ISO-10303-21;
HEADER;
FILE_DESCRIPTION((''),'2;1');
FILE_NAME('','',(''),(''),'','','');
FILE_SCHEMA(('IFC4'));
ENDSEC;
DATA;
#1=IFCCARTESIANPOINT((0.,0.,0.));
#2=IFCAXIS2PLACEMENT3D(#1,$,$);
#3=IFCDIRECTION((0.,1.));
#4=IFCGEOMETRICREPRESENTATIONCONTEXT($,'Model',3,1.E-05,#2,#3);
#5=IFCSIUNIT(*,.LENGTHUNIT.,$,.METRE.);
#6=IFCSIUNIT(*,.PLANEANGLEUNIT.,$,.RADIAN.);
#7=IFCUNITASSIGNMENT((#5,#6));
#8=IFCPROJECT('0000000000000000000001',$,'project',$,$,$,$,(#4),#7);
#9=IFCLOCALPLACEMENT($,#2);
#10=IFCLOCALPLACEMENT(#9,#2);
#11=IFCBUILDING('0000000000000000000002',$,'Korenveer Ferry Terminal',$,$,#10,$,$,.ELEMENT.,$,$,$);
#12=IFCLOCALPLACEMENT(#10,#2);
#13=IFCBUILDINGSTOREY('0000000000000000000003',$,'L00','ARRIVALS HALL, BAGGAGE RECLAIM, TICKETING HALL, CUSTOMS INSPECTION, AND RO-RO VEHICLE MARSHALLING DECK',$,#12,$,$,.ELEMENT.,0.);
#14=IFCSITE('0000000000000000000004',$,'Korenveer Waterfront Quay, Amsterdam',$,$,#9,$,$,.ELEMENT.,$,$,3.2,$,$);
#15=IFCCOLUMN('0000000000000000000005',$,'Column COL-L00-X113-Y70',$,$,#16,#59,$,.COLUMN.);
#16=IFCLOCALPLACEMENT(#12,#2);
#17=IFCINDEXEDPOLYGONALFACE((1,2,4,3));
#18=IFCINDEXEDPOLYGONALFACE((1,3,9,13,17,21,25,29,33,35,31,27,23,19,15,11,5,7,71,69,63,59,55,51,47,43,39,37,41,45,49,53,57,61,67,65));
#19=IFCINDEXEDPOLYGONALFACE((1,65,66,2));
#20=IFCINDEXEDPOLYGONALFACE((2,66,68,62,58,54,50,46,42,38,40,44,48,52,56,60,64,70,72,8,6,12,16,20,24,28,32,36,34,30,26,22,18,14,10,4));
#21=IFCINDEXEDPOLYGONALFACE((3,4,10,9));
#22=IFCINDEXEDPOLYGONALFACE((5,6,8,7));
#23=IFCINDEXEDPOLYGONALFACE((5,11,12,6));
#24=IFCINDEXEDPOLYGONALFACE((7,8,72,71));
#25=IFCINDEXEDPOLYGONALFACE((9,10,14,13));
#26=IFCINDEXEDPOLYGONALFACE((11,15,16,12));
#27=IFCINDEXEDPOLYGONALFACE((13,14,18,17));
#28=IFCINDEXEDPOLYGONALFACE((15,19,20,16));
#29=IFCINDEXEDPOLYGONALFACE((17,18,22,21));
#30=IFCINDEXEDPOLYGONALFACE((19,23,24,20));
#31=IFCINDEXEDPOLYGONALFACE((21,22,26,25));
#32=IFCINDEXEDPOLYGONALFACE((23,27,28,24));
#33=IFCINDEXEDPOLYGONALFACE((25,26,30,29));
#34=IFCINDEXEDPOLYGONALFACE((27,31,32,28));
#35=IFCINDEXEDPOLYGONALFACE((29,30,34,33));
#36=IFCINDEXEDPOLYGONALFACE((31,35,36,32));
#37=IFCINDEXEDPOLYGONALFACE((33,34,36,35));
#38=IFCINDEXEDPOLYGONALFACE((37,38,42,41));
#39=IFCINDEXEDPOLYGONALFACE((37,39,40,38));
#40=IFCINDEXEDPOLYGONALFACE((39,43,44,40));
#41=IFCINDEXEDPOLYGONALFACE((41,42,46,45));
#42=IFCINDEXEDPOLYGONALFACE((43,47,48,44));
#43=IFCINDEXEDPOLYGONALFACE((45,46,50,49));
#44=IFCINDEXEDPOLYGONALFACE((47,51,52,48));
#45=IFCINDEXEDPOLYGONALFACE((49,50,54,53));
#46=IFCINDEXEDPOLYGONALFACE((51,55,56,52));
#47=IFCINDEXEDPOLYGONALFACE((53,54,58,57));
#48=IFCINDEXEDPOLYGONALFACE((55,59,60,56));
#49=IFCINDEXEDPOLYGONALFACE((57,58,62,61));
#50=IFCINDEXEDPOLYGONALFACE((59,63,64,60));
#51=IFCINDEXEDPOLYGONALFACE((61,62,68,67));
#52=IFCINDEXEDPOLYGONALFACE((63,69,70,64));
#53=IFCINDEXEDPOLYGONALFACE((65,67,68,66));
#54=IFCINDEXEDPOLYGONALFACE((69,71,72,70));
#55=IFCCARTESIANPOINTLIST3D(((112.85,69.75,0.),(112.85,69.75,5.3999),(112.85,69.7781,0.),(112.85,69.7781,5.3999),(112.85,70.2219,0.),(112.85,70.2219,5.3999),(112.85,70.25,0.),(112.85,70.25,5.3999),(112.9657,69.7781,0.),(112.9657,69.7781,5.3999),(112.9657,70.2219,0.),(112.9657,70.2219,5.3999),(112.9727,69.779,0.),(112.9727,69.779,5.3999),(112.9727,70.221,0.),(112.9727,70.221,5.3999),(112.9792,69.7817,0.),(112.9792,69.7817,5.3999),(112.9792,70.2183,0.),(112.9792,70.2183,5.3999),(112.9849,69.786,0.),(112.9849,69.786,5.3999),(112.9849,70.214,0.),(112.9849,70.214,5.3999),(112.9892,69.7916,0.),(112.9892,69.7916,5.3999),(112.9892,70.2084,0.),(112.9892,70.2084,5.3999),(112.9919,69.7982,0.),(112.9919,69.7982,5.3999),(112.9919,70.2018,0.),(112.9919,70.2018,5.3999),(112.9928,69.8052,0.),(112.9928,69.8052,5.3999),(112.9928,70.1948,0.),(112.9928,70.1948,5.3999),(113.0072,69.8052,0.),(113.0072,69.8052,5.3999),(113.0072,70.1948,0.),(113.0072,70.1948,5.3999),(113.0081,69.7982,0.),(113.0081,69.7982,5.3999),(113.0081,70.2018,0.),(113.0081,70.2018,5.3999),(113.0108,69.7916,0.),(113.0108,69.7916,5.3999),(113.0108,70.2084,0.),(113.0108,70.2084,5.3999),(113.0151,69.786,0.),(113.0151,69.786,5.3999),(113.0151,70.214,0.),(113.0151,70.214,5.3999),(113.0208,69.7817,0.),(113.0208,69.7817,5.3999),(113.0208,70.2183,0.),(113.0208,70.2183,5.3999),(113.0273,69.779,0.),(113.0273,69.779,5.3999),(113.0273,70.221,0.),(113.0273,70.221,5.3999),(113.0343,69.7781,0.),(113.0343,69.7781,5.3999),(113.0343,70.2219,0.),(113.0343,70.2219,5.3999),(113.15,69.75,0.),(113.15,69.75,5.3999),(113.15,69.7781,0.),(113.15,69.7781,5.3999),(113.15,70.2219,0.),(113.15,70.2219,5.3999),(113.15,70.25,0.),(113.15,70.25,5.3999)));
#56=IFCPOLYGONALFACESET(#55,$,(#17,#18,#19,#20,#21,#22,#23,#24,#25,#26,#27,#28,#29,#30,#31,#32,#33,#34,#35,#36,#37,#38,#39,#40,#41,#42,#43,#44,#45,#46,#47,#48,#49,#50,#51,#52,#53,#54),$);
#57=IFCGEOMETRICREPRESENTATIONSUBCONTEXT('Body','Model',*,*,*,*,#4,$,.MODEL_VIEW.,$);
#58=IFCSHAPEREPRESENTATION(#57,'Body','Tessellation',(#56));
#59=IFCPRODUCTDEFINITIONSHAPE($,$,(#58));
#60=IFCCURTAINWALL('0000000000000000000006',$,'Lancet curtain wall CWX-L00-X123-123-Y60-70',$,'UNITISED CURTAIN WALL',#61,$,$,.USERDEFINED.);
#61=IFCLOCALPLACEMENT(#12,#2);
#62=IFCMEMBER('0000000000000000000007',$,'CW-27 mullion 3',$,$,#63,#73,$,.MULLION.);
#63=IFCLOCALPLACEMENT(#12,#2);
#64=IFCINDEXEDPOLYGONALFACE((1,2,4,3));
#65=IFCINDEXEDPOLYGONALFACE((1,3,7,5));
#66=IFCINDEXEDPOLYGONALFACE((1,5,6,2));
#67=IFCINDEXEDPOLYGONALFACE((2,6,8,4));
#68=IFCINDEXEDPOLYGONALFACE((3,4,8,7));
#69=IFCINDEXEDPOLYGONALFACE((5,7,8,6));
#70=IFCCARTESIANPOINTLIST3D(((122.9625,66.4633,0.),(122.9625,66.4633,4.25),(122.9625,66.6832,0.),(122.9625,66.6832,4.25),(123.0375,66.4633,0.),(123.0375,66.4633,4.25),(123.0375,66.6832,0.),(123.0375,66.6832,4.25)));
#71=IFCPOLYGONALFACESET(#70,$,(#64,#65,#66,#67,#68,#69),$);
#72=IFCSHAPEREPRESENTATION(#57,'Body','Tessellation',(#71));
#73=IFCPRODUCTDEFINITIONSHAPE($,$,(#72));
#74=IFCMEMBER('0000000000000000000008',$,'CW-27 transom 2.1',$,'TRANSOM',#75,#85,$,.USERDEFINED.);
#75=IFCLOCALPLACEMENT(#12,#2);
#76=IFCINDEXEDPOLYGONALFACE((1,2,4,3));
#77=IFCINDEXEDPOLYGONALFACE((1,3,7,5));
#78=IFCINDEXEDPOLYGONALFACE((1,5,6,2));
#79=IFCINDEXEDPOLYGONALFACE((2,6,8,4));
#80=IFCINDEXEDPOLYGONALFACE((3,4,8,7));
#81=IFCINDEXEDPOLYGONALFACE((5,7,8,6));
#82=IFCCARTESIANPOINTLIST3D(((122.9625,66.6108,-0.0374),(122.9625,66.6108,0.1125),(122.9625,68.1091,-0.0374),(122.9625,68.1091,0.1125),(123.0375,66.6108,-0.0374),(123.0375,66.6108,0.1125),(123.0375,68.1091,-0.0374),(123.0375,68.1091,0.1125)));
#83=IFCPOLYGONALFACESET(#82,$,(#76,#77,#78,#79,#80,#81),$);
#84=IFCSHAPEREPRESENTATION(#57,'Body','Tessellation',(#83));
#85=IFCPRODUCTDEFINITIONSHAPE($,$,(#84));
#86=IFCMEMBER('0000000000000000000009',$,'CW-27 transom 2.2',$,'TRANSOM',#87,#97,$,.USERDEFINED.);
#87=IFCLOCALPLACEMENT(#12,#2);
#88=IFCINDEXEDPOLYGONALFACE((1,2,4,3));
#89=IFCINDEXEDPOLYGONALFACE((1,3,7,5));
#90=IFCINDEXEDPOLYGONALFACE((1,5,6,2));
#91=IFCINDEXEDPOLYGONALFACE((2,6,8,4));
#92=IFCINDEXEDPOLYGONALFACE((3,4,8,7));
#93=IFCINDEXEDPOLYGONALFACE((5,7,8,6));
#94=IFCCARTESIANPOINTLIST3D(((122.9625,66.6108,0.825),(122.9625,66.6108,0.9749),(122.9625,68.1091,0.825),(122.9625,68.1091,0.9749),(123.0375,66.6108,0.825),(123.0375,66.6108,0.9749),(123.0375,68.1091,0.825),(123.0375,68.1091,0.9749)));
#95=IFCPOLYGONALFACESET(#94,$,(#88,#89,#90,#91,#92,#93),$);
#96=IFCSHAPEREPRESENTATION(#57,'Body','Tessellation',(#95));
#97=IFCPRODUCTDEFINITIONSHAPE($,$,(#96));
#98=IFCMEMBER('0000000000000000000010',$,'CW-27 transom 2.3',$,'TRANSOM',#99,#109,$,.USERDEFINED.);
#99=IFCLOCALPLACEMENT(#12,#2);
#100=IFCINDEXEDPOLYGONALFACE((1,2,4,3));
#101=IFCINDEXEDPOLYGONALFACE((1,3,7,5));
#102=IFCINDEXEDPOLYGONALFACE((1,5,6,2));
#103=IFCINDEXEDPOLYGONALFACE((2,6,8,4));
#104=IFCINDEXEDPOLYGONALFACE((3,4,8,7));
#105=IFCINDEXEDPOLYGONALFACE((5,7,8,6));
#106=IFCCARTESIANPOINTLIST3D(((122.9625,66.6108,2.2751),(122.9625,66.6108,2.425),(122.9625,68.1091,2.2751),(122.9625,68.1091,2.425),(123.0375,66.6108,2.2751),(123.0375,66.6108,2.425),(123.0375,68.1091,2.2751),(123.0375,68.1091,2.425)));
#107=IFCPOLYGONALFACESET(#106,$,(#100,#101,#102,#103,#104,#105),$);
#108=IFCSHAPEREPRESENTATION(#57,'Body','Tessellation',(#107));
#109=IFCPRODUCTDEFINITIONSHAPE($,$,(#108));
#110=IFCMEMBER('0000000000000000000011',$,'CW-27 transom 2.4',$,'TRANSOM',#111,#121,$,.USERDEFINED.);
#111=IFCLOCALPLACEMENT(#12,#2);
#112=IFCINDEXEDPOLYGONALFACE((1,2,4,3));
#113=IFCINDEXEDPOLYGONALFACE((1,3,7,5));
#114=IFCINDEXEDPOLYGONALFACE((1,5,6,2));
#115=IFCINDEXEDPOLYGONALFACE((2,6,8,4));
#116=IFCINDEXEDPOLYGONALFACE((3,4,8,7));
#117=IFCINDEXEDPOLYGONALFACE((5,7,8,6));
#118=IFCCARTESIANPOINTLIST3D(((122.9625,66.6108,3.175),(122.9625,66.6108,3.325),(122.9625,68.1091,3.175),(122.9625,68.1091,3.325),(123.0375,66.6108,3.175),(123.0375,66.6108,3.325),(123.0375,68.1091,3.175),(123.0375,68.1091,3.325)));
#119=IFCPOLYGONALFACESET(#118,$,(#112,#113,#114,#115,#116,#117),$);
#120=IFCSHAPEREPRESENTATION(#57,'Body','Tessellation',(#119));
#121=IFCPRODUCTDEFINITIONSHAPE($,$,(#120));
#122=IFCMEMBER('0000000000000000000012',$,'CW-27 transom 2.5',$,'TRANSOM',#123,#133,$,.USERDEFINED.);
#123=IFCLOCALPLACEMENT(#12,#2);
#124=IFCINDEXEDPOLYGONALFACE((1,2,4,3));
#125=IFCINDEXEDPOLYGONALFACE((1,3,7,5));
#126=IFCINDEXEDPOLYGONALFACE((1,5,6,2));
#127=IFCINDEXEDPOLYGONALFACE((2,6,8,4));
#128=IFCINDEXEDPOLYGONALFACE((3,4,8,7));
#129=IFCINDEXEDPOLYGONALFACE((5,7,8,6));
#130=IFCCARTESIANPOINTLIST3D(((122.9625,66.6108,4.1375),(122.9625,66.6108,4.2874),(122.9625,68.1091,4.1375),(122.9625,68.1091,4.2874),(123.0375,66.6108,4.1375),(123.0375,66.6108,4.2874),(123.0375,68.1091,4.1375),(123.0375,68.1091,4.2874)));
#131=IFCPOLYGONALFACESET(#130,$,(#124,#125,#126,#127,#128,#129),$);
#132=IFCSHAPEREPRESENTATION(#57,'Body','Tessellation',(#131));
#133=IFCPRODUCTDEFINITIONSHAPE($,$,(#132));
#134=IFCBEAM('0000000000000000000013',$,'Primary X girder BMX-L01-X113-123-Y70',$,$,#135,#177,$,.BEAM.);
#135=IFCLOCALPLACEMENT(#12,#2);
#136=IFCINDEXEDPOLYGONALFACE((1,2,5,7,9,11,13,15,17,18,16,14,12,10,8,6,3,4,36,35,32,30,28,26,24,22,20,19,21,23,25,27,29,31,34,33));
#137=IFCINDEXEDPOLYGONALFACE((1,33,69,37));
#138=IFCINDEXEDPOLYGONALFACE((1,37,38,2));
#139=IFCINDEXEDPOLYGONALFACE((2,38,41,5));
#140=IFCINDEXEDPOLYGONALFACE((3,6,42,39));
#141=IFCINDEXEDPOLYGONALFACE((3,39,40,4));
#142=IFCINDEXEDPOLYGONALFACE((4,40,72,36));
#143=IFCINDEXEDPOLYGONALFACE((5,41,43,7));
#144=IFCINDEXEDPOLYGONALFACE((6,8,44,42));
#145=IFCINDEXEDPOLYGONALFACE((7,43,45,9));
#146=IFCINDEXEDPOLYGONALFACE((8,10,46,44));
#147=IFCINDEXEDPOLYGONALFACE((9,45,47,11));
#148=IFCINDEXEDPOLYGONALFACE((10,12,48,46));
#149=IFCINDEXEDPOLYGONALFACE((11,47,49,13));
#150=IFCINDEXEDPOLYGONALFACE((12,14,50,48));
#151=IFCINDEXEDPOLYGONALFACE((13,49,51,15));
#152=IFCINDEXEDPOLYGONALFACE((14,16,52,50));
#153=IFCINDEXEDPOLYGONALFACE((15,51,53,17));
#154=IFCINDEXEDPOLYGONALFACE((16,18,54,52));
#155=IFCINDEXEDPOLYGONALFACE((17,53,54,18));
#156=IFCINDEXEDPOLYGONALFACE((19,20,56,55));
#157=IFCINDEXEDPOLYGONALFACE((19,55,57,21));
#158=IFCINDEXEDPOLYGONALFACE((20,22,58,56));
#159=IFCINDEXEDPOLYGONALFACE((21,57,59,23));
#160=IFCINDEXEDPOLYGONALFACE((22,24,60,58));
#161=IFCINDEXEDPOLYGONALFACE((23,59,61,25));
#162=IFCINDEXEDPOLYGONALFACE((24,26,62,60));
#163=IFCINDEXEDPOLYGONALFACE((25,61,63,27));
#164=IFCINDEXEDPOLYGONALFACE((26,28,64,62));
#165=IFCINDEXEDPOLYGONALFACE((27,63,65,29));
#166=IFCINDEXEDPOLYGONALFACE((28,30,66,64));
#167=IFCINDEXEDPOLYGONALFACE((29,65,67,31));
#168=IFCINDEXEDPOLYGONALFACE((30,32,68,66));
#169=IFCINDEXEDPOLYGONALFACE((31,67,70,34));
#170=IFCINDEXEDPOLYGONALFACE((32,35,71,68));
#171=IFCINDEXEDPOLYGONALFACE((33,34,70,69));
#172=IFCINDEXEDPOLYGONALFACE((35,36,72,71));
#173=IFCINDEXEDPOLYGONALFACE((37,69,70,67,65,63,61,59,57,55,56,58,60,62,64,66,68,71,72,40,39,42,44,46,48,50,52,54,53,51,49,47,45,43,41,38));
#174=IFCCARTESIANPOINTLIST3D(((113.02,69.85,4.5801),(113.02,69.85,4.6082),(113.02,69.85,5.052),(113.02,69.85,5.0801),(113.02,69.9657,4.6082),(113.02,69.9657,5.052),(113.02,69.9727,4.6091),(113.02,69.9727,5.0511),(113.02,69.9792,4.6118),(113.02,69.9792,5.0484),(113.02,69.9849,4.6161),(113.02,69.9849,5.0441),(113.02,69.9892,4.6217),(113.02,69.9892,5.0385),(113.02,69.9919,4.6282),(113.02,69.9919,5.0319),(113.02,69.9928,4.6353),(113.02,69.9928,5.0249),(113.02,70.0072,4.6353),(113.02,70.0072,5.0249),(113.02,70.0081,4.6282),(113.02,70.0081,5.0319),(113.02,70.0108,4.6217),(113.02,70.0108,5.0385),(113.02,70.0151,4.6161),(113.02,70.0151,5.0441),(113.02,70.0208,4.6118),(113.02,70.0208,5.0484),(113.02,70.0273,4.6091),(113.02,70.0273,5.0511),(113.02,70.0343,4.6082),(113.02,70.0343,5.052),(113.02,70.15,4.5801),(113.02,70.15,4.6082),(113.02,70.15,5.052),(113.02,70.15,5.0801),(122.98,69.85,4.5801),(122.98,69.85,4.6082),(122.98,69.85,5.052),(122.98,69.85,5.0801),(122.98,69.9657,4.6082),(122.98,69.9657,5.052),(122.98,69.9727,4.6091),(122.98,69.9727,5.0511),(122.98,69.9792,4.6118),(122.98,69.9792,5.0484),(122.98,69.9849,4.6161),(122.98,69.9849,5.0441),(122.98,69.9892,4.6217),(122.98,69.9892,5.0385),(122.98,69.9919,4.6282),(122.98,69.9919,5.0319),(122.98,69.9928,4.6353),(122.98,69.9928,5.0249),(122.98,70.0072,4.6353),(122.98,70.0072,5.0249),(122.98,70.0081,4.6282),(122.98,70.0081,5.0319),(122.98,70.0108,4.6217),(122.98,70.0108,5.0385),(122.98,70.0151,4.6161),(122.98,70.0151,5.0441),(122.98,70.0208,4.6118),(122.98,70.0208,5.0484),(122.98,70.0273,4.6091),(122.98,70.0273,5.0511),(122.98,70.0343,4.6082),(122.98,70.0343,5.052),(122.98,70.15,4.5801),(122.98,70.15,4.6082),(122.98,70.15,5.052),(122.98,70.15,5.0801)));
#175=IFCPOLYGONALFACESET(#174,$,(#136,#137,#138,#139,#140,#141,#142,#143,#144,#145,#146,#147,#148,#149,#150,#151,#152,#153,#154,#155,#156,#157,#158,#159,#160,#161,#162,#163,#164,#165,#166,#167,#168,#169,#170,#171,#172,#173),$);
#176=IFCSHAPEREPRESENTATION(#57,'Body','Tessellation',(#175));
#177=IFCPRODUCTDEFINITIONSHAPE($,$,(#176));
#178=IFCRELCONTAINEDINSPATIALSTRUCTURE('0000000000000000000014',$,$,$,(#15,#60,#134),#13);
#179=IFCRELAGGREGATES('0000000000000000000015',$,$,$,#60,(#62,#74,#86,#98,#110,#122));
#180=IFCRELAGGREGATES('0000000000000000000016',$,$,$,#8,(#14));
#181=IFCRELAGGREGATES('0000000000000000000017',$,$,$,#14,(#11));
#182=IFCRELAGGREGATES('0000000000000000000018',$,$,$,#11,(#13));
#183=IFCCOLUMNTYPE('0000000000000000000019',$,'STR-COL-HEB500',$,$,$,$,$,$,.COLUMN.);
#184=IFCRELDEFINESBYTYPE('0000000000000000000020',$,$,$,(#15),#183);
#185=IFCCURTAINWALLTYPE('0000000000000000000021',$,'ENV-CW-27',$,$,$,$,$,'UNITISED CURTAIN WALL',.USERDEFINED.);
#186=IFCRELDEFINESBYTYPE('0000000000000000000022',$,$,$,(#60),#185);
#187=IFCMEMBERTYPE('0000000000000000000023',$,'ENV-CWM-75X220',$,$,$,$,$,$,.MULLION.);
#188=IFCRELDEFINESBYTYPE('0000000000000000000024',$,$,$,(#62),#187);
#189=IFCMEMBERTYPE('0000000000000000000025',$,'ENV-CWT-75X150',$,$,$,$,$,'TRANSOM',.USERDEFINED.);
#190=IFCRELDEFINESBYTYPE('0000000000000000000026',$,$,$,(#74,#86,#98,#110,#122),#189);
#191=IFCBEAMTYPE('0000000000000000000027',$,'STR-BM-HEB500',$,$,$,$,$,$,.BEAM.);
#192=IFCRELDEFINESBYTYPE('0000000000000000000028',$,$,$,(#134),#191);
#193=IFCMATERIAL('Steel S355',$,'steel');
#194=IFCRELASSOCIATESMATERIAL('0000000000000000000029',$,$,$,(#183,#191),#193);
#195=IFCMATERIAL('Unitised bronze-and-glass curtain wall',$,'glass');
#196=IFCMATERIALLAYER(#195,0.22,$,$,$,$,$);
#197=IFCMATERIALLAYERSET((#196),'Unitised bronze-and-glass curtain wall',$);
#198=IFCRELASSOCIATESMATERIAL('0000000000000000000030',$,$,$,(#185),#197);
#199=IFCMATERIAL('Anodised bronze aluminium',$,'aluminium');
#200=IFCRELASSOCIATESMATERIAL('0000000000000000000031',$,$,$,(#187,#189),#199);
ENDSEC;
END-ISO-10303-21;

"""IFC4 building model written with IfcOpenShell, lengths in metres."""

from ifc_helpers import new_model, si_unit, direction, frame, origin, origin_2d, place, context, subcontext, project, spatial, rectangle, i_section, extrude, material, layer, layer_set, material_profile, profile_set, type_object, element, aggregate, save


model = new_model("IFC4")

# Units and contexts
model_context = context("Model", 3, precision=1e-05, world=origin(), true_north=direction((0.0, 1.0)))
body_context = subcontext(model_context, "Body", "Model", "MODEL_VIEW")
ifc_project = project(units=[si_unit("LENGTHUNIT", "METRE"), si_unit("PLANEANGLEUNIT", "RADIAN")], contexts=[model_context])

# Site, building, storey
site_placement = place(None, origin())
site = spatial("IfcSite", under=ifc_project, at=site_placement, Name="Korenveer Waterfront Quay, Amsterdam", CompositionType="ELEMENT", RefElevation=3.2)
building_placement = place(site_placement, origin())
building = spatial("IfcBuilding", under=site, at=building_placement, Name="Korenveer Ferry Terminal", CompositionType="ELEMENT")
storey_placement = place(building_placement, origin())
storey = spatial("IfcBuildingStorey", under=building, at=storey_placement, Name="L00", Description="ARRIVALS HALL, BAGGAGE RECLAIM, TICKETING HALL, CUSTOMS INSPECTION, AND RO-RO VEHICLE MARSHALLING DECK", CompositionType="ELEMENT", Elevation=0.0)

# Column
ifc_material_1 = material(Name="Steel S355", Category="steel")
ifc_material_profile_1 = material_profile(ifc_material_1, i_section(OverallWidth=0.3, OverallDepth=0.5, WebThickness=0.0144, FlangeThickness=0.0281, FilletRadius=0.0271, at=origin_2d()), Name="HEB 500")
ifc_profile_set_1 = profile_set([ifc_material_profile_1], Name="Steel S355")
column_type = type_object("IfcColumnType", Name="STR-COL-HEB500", PredefinedType="COLUMN", material=ifc_profile_set_1)
column_placement = place(storey_placement, frame((113.0, 70.0, 0.0), z_axis=(0.0, 0.0, 1.0), x_axis=(1.0, 0.0, 0.0)))
element("IfcColumn", 1, at=column_placement, inside=storey, type_object=column_type, Name="Column COL-L00-X113-Y70", PredefinedType="COLUMN", context=body_context, shape_type="SweptSolid", body=[
    extrude(i_section(OverallWidth=0.3, OverallDepth=0.5, WebThickness=0.0144, FlangeThickness=0.0281, FilletRadius=0.0271, at=origin_2d()), origin(), (0.0, 0.0, 1.0), 5.3999),
])

# Curtain wall, members
ifc_material_2 = material(Name="Unitised bronze-and-glass curtain wall", Category="glass")
ifc_layer_1 = layer(ifc_material_2, 0.22)
ifc_layer_set_1 = layer_set([ifc_layer_1], Name="Unitised bronze-and-glass curtain wall")
curtain_wall_type = type_object("IfcCurtainWallType", Name="ENV-CW-27", ElementType="UNITISED CURTAIN WALL", PredefinedType="USERDEFINED", material=ifc_layer_set_1)
curtain_wall_placement = place(storey_placement, frame((123.0, 69.72, 0.0)))
curtain_wall = element("IfcCurtainWall", 2, at=curtain_wall_placement, inside=storey, type_object=curtain_wall_type, Name="Lancet curtain wall CWX-L00-X123-123-Y60-70", ObjectType="UNITISED CURTAIN WALL", PredefinedType="USERDEFINED")
ifc_material_3 = material(Name="Anodised bronze aluminium", Category="aluminium")
ifc_material_profile_2 = material_profile(ifc_material_3, rectangle(XDim=0.075, YDim=0.22, at=origin_2d()), Name="ALU 75x220")
ifc_profile_set_2 = profile_set([ifc_material_profile_2], Name="Anodised bronze aluminium")
member_type_1 = type_object("IfcMemberType", Name="ENV-CWM-75X220", PredefinedType="MULLION", material=ifc_profile_set_2)
member_1_placement = place(storey_placement, frame((123.0, 66.5732, 0.0), z_axis=(0.0, 0.0, 1.0), x_axis=(1.0, 0.0, 0.0)))
member_1 = element("IfcMember", 3, at=member_1_placement, type_object=member_type_1, Name="CW-27 mullion 3", PredefinedType="MULLION", context=body_context, shape_type="SweptSolid", body=[
    extrude(rectangle(XDim=0.075, YDim=0.22, at=origin_2d()), origin(), (0.0, 0.0, 1.0), 4.25),
])
ifc_material_profile_3 = material_profile(ifc_material_3, rectangle(XDim=0.075, YDim=0.1499, at=origin_2d()), Name="ALU 75x150")
ifc_profile_set_3 = profile_set([ifc_material_profile_3], Name="Anodised bronze aluminium")
member_type_2 = type_object("IfcMemberType", Name="ENV-CWT-75X150", ElementType="TRANSOM", PredefinedType="USERDEFINED", material=ifc_profile_set_3)
member_2_placement = place(storey_placement, frame((123.0, 68.1091, 0.0376), z_axis=(0.0, -1.0, 0.0), x_axis=(1.0, 0.0, 0.0)))
member_2 = element("IfcMember", 4, at=member_2_placement, type_object=member_type_2, Name="CW-27 transom 2.1", ObjectType="TRANSOM", PredefinedType="USERDEFINED", context=body_context, shape_type="SweptSolid", body=[
    extrude(rectangle(XDim=0.075, YDim=0.1499, at=origin_2d()), origin(), (0.0, 0.0, 1.0), 1.4983),
])
member_3_placement = place(storey_placement, frame((123.0, 68.1091, 0.8999), z_axis=(0.0, -1.0, 0.0), x_axis=(1.0, 0.0, 0.0)))
member_3 = element("IfcMember", 5, at=member_3_placement, type_object=member_type_2, Name="CW-27 transom 2.2", ObjectType="TRANSOM", PredefinedType="USERDEFINED", context=body_context, shape_type="SweptSolid", body=[
    extrude(rectangle(XDim=0.075, YDim=0.1499, at=origin_2d()), origin(), (0.0, 0.0, 1.0), 1.4983),
])
member_4_placement = place(storey_placement, frame((123.0, 68.1091, 2.3501), z_axis=(0.0, -1.0, 0.0), x_axis=(1.0, 0.0, 0.0)))
member_4 = element("IfcMember", 6, at=member_4_placement, type_object=member_type_2, Name="CW-27 transom 2.3", ObjectType="TRANSOM", PredefinedType="USERDEFINED", context=body_context, shape_type="SweptSolid", body=[
    extrude(rectangle(XDim=0.075, YDim=0.1499, at=origin_2d()), origin(), (0.0, 0.0, 1.0), 1.4983),
])
member_5_placement = place(storey_placement, frame((123.0, 68.1091, 3.25), z_axis=(0.0, -1.0, 0.0), x_axis=(1.0, 0.0, 0.0)))
member_5 = element("IfcMember", 7, at=member_5_placement, type_object=member_type_2, Name="CW-27 transom 2.4", ObjectType="TRANSOM", PredefinedType="USERDEFINED", context=body_context, shape_type="SweptSolid", body=[
    extrude(rectangle(XDim=0.075, YDim=0.1499, at=origin_2d()), origin(), (0.0, 0.0, 1.0), 1.4983),
])
member_6_placement = place(storey_placement, frame((123.0, 68.1091, 4.2124), z_axis=(0.0, -1.0, 0.0), x_axis=(1.0, 0.0, 0.0)))
member_6 = element("IfcMember", 8, at=member_6_placement, type_object=member_type_2, Name="CW-27 transom 2.5", ObjectType="TRANSOM", PredefinedType="USERDEFINED", context=body_context, shape_type="SweptSolid", body=[
    extrude(rectangle(XDim=0.075, YDim=0.1499, at=origin_2d()), origin(), (0.0, 0.0, 1.0), 1.4983),
])

# Beam
ifc_material_profile_4 = material_profile(ifc_material_1, i_section(OverallWidth=0.3, OverallDepth=0.5, WebThickness=0.0144, FlangeThickness=0.0281, FilletRadius=0.0271, at=origin_2d()), Name="HEB 500")
ifc_profile_set_4 = profile_set([ifc_material_profile_4], Name="Steel S355")
beam_type_1 = type_object("IfcBeamType", Name="STR-BM-HEB500", PredefinedType="BEAM", material=ifc_profile_set_4)
beam_1_placement = place(storey_placement, frame((113.02, 70.0, 4.8301), z_axis=(1.0, 0.0, 0.0), x_axis=(0.0, 1.0, 0.0)))
element("IfcBeam", 9, at=beam_1_placement, inside=storey, type_object=beam_type_1, Name="Primary X girder BMX-L01-X113-123-Y70", PredefinedType="BEAM", context=body_context, shape_type="SweptSolid", body=[
    extrude(i_section(OverallWidth=0.3, OverallDepth=0.5, WebThickness=0.0144, FlangeThickness=0.0281, FilletRadius=0.0271, at=origin_2d()), origin(), (0.0, 0.0, 1.0), 9.96),
])

aggregate(curtain_wall, [member_1, member_2, member_3, member_4, member_5, member_6])

save(model, "model.ifc")
